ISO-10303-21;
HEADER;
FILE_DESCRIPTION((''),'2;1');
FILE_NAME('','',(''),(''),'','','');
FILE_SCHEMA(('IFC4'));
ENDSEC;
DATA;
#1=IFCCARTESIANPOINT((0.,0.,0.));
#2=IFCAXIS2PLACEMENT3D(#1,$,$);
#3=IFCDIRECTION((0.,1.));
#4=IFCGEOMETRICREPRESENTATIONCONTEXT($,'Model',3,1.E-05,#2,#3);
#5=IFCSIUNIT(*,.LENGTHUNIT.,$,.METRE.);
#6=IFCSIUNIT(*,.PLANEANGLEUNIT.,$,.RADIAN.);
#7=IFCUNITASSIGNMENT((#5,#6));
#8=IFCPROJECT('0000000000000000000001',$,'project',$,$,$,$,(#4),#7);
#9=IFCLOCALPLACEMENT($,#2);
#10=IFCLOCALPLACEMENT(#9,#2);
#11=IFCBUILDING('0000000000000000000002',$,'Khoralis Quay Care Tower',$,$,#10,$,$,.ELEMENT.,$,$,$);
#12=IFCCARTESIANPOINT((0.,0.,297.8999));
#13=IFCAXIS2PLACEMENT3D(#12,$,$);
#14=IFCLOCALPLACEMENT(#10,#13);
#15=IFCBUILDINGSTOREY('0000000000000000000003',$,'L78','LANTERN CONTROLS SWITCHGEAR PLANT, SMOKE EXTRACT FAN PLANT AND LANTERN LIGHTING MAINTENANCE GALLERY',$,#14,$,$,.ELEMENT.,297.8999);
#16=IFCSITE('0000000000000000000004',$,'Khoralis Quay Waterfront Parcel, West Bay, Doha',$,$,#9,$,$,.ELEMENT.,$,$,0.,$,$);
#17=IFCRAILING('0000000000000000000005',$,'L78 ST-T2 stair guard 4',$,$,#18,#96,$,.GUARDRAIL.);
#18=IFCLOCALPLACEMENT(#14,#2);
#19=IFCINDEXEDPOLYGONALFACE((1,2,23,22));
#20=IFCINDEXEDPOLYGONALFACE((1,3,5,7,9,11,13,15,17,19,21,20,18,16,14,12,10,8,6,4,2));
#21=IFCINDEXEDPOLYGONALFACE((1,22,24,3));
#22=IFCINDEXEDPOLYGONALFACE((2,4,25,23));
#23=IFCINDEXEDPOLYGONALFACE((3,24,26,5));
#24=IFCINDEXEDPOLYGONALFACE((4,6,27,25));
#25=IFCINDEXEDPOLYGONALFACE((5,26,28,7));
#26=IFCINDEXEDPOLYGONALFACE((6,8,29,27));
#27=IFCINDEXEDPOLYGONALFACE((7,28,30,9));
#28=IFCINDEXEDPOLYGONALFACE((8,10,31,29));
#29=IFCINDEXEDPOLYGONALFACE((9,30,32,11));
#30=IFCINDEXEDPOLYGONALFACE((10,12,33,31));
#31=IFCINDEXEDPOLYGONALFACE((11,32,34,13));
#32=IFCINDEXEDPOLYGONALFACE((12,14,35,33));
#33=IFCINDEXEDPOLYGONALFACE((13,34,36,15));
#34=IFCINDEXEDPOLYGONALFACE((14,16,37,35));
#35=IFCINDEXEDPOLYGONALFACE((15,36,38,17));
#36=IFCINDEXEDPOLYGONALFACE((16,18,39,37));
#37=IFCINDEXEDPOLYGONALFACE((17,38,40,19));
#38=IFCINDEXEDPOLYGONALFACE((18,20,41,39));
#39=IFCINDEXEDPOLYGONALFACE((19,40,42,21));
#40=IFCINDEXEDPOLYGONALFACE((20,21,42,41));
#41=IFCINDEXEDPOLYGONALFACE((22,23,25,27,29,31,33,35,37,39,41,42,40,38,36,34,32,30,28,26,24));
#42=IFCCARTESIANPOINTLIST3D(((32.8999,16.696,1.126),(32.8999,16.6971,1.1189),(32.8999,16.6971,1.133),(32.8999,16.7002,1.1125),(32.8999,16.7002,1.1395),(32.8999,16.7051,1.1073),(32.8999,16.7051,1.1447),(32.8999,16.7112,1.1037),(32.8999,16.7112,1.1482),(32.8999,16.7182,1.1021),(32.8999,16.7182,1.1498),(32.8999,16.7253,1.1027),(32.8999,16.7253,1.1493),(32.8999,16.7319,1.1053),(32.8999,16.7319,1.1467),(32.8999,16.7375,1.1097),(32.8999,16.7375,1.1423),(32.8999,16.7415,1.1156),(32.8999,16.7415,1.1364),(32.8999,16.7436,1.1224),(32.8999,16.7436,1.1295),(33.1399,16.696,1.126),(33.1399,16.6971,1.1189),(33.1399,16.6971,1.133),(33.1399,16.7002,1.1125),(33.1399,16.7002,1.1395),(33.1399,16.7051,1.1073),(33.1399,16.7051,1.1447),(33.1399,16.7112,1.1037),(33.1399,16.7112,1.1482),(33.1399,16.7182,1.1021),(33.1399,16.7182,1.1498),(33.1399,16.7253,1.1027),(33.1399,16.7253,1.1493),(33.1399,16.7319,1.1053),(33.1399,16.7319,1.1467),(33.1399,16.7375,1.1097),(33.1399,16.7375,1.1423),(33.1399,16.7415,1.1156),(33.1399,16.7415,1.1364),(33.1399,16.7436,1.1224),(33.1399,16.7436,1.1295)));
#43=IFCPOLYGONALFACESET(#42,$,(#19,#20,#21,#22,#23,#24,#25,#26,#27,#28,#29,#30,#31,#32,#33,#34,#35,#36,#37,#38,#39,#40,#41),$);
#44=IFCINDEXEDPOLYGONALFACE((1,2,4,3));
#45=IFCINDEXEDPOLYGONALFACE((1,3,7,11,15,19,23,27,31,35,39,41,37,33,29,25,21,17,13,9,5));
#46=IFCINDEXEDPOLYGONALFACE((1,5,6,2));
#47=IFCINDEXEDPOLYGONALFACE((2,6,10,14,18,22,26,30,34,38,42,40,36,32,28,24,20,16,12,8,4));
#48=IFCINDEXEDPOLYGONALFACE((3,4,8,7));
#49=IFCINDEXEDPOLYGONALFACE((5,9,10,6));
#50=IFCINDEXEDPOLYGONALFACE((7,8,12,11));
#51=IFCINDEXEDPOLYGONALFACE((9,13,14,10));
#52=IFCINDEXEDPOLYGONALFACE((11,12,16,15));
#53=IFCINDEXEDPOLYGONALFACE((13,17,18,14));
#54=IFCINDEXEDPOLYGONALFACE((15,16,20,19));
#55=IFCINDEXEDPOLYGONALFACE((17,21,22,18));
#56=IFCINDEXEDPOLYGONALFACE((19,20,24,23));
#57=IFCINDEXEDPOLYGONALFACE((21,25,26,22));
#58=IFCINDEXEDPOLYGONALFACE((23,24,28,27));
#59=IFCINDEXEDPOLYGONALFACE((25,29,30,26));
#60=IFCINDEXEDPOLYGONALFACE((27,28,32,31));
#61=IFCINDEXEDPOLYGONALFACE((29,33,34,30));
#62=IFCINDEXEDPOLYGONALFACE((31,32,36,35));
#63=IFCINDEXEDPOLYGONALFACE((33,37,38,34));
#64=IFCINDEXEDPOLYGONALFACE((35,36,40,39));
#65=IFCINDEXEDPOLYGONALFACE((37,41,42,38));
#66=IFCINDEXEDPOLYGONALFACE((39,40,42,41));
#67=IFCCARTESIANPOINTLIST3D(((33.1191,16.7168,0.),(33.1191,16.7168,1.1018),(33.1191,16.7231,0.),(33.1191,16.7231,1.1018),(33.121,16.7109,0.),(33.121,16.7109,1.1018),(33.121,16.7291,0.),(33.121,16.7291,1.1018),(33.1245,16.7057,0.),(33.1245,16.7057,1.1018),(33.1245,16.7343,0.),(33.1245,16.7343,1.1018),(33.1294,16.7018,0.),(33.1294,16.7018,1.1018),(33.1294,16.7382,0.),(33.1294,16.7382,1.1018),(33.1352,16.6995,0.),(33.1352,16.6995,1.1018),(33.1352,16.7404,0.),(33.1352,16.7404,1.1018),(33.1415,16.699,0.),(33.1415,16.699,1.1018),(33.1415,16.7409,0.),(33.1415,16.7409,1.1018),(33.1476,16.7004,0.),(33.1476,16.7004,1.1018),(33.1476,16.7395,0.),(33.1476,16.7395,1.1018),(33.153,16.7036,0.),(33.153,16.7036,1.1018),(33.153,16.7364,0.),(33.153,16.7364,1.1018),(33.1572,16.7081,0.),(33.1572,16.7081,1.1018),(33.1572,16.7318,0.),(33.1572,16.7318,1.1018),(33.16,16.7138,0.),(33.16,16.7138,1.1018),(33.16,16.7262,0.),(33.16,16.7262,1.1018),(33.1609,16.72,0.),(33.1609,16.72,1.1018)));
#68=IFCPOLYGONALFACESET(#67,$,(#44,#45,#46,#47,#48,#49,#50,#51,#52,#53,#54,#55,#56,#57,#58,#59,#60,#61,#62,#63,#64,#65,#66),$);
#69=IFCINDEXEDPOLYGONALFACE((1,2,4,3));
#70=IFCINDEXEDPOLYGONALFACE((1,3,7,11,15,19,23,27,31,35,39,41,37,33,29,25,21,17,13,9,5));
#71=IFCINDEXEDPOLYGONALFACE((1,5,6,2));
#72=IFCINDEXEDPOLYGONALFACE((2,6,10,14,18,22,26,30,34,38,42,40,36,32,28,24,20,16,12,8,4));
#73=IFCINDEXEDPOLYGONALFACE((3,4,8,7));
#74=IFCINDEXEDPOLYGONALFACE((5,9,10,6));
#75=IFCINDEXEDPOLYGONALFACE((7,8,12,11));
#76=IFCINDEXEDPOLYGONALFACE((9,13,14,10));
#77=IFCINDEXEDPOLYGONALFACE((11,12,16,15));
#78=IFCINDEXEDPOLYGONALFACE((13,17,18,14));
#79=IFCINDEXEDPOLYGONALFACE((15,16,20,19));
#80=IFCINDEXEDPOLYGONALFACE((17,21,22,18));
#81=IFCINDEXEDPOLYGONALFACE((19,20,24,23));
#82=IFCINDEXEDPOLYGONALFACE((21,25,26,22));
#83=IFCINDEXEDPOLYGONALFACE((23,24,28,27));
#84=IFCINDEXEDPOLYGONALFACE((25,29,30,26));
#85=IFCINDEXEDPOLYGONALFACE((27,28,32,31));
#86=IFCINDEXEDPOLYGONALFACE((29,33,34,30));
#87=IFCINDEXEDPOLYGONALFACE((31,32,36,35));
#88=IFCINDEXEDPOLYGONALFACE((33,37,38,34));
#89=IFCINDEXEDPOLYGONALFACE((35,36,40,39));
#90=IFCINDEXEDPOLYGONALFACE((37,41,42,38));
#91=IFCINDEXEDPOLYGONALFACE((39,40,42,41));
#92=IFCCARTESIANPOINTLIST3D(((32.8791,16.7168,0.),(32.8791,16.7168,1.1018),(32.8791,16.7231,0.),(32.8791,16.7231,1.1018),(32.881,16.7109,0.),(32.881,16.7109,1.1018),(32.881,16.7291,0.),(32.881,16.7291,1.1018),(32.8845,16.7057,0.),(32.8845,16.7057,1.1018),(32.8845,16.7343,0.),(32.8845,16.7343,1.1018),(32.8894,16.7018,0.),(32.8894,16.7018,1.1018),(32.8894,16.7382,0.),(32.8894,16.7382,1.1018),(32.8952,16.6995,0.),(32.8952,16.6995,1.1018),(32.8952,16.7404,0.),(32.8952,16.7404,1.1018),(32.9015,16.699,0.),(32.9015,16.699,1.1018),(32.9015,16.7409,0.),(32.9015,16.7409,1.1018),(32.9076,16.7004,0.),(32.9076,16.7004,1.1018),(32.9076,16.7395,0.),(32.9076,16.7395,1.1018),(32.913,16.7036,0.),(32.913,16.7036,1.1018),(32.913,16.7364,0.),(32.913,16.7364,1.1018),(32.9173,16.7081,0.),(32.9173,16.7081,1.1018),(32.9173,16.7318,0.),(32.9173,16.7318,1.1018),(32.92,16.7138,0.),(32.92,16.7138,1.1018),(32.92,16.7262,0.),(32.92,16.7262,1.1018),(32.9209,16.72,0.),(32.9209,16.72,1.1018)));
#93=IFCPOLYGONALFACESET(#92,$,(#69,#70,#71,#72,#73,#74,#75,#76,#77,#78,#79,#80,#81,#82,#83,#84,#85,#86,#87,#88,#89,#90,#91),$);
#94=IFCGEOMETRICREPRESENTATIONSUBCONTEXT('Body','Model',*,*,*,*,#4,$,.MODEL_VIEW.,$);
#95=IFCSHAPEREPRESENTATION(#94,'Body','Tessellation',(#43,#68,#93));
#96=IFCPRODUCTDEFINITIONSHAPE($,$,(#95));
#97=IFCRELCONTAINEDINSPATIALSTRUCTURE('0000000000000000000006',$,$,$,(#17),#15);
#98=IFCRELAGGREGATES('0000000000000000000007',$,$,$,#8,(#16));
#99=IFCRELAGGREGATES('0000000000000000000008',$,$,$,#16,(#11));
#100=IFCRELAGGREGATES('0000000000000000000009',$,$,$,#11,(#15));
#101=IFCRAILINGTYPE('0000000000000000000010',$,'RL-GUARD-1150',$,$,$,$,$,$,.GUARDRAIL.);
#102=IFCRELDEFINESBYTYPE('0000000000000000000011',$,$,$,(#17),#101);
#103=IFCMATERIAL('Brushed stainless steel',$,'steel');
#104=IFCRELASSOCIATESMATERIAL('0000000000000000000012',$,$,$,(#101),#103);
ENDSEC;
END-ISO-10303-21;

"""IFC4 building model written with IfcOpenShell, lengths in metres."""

from ifc_helpers import new_model, si_unit, direction, frame, origin, origin_2d, place, context, subcontext, project, spatial, circle, extrude, material, type_object, element, save


model = new_model("IFC4")

# Units and contexts
model_context = context("Model", 3, precision=1e-05, world=origin(), true_north=direction((0.0, 1.0)))
body_context = subcontext(model_context, "Body", "Model", "MODEL_VIEW")
ifc_project = project(units=[si_unit("LENGTHUNIT", "METRE"), si_unit("PLANEANGLEUNIT", "RADIAN")], contexts=[model_context])

# Site, building, storey
site_placement = place(None, origin())
site = spatial("IfcSite", under=ifc_project, at=site_placement, Name="Khoralis Quay Waterfront Parcel, West Bay, Doha", CompositionType="ELEMENT", RefElevation=0.0)
building_placement = place(site_placement, origin())
building = spatial("IfcBuilding", under=site, at=building_placement, Name="Khoralis Quay Care Tower", CompositionType="ELEMENT")
storey_placement = place(building_placement, frame((0.0, 0.0, 297.8999)))
storey = spatial("IfcBuildingStorey", under=building, at=storey_placement, Name="L78", Description="LANTERN CONTROLS SWITCHGEAR PLANT, SMOKE EXTRACT FAN PLANT AND LANTERN LIGHTING MAINTENANCE GALLERY", CompositionType="ELEMENT", Elevation=297.8999)

# Shared definitions
ifc_material_1 = material(Name="Brushed stainless steel", Category="steel")

# Railing
railing_type_1 = type_object("IfcRailingType", Name="RL-GUARD-1150", PredefinedType="GUARDRAIL", material=ifc_material_1)
railing_1_placement = place(storey_placement, frame((33.1399, 16.72, 0.0)))
element("IfcRailing", 1, at=railing_1_placement, inside=storey, type_object=railing_type_1, Name="L78 ST-T2 stair guard 4", PredefinedType="GUARDRAIL", context=body_context, shape_type="SweptSolid", body=[
    extrude(circle(Radius=0.0239, at=origin_2d()), frame((0.0, 0.0, 1.126), z_axis=(-1.0, 0.0, 0.0), x_axis=(0.0, -1.0, 0.0)), (0.0, 0.0, 1.0), 0.24),
    extrude(circle(Radius=0.021, at=origin_2d()), origin(), (0.0, 0.0, 1.0), 1.1018),
    extrude(circle(Radius=0.021, at=origin_2d()), frame((-0.24, 0.0, 0.0)), (0.0, 0.0, 1.0), 1.1018),
])

save(model, "model.ifc")
